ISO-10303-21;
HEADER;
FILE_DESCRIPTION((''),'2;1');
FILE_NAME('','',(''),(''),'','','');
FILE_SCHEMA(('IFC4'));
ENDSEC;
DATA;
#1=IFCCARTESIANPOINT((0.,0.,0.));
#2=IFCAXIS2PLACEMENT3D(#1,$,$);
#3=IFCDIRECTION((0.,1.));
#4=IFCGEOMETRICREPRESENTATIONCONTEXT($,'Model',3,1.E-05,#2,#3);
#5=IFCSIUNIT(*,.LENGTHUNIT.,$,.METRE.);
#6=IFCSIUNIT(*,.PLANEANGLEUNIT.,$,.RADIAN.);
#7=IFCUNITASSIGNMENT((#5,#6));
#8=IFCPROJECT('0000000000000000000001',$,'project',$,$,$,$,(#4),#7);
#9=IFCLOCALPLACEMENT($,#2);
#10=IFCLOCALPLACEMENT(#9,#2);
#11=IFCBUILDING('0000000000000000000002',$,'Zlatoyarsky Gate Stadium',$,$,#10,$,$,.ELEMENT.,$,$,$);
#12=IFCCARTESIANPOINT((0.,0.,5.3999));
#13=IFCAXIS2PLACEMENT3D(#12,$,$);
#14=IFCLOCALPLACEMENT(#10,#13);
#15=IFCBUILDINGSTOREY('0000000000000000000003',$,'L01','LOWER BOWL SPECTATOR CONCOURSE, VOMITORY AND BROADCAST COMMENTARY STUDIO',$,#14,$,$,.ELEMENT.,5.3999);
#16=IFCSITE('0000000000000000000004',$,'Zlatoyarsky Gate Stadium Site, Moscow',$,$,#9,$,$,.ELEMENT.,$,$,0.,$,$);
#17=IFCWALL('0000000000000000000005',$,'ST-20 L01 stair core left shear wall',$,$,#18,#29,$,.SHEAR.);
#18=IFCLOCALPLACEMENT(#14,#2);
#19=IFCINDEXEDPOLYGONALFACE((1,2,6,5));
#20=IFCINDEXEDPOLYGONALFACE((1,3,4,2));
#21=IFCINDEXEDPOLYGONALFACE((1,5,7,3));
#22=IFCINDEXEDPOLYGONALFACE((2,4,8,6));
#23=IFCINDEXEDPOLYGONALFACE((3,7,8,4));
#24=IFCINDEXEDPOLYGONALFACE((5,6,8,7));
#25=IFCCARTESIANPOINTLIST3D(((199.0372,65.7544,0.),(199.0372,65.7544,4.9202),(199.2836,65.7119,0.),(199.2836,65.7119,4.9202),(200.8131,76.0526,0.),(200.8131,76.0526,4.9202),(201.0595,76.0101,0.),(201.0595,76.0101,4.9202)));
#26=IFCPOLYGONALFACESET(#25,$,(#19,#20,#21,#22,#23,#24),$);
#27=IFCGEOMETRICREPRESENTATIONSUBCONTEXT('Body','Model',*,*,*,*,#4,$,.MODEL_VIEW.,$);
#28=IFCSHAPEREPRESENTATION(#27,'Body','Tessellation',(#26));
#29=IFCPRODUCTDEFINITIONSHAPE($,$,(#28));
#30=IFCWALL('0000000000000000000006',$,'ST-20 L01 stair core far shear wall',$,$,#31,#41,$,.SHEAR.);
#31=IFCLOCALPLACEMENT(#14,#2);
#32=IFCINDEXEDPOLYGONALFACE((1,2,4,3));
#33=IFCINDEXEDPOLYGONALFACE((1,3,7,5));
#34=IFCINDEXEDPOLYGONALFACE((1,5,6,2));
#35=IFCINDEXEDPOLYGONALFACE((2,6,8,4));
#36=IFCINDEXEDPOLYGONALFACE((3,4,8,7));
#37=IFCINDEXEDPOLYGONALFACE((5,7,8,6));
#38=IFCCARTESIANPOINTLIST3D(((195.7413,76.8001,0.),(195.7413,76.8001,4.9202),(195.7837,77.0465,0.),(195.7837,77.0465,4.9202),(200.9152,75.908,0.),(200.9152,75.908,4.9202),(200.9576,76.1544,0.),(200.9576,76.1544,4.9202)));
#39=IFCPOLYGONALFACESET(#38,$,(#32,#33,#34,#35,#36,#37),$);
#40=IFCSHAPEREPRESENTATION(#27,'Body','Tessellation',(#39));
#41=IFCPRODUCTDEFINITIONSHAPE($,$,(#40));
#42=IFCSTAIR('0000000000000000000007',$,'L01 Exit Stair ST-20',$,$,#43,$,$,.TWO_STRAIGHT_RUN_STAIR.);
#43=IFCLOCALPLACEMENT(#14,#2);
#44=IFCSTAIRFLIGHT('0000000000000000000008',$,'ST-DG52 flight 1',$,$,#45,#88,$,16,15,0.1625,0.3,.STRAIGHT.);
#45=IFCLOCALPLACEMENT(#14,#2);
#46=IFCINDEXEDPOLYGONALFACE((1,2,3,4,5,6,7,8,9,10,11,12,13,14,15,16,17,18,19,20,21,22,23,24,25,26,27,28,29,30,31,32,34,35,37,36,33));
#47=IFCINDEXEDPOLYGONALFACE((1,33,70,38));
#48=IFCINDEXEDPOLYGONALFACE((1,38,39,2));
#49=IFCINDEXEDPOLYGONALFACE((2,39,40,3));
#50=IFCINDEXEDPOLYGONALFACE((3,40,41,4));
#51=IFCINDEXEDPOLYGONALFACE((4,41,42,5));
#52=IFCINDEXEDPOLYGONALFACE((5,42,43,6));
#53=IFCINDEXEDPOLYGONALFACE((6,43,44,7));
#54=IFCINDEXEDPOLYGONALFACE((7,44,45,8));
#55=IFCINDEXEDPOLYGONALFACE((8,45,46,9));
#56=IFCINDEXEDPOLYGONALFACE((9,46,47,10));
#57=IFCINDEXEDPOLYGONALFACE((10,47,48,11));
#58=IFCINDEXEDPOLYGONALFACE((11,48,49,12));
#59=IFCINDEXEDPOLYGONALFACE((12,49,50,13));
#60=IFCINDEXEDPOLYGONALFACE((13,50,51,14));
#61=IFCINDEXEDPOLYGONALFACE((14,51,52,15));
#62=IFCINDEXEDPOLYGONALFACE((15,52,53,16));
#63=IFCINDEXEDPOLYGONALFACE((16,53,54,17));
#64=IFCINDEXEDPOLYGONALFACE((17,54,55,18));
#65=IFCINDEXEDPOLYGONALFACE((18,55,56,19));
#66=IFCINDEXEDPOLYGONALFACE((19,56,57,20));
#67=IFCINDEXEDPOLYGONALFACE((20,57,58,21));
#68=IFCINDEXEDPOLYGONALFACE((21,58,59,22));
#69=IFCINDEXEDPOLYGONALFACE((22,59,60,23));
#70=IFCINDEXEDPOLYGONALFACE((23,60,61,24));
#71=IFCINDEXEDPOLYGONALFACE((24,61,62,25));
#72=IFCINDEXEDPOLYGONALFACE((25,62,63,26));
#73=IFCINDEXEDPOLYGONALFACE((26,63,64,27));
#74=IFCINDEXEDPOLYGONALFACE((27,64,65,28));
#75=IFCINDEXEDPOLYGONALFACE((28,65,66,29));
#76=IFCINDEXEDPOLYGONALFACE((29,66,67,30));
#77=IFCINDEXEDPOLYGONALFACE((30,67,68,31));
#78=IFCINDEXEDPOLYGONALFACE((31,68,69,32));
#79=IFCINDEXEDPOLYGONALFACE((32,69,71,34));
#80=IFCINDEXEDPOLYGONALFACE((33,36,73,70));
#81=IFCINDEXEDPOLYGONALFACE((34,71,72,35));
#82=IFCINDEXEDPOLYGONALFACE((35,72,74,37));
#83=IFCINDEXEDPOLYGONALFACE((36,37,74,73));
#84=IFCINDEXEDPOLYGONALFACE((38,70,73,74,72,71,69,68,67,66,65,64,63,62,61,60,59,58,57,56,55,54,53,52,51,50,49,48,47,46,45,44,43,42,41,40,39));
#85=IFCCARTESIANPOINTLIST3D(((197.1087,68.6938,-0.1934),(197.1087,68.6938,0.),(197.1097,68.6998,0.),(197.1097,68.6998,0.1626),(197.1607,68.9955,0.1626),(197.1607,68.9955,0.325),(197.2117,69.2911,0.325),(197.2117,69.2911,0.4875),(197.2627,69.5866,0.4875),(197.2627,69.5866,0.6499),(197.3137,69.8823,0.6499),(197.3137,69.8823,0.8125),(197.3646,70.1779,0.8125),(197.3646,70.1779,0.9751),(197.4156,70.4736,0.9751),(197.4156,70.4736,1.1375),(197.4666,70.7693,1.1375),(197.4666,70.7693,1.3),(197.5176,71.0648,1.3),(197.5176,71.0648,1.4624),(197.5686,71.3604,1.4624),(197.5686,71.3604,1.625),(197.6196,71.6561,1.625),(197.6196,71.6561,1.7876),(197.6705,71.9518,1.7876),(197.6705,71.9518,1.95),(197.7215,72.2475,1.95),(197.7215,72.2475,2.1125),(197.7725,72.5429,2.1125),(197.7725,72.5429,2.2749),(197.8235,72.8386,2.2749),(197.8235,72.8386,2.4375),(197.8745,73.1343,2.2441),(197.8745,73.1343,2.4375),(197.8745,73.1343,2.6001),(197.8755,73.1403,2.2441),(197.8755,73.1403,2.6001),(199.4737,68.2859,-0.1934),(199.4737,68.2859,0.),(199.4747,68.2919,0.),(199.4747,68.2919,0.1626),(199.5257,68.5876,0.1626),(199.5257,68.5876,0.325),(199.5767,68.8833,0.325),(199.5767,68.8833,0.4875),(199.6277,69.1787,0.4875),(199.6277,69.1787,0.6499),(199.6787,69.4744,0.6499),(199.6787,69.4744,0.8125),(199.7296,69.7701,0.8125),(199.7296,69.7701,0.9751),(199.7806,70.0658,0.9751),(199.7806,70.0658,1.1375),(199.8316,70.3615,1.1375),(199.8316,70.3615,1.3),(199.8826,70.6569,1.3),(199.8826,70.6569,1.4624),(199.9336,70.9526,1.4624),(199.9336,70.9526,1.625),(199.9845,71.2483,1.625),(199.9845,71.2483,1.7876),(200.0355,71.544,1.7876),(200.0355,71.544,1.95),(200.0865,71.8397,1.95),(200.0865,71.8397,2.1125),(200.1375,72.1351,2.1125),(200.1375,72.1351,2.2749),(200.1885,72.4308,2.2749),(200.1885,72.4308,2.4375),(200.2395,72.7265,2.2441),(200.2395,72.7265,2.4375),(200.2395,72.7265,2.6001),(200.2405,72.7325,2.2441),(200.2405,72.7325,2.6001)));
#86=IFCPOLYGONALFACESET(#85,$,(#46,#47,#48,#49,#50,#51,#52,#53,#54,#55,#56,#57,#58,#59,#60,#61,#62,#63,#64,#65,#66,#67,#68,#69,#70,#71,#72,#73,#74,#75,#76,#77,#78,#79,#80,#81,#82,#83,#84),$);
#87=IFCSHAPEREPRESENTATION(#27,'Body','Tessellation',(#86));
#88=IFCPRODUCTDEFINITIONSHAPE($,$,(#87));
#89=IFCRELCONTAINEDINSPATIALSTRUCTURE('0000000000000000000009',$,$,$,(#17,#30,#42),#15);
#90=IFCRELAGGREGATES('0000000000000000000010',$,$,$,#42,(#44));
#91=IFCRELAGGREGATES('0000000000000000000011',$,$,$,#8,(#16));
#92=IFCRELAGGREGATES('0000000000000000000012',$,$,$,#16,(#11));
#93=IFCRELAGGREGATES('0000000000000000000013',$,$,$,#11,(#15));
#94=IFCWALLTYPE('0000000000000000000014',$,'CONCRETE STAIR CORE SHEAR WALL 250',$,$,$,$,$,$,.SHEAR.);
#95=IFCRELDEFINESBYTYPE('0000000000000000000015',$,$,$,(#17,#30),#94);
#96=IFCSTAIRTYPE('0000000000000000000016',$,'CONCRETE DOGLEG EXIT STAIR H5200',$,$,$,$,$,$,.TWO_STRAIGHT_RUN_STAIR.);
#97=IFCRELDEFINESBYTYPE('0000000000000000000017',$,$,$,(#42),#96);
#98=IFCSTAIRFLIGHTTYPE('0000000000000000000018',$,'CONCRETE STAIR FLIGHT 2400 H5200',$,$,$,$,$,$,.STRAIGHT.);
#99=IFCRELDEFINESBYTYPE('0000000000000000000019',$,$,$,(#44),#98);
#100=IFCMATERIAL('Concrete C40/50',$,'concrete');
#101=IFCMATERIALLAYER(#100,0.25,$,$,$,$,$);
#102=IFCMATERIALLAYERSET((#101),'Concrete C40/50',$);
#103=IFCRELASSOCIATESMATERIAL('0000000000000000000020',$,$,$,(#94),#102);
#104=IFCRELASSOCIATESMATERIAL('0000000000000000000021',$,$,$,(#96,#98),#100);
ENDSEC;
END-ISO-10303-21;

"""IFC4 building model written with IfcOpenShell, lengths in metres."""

from ifc_helpers import new_model, si_unit, direction, frame, frame_2d, origin, place, context, subcontext, project, spatial, polyline, rectangle, outline, extrude, material, layer, layer_set, type_object, element, aggregate, save


model = new_model("IFC4")

# Units and contexts
model_context = context("Model", 3, precision=1e-05, world=origin(), true_north=direction((0.0, 1.0)))
body_context = subcontext(model_context, "Body", "Model", "MODEL_VIEW")
ifc_project = project(units=[si_unit("LENGTHUNIT", "METRE"), si_unit("PLANEANGLEUNIT", "RADIAN")], contexts=[model_context])

# Site, building, storey
site_placement = place(None, origin())
site = spatial("IfcSite", under=ifc_project, at=site_placement, Name="Zlatoyarsky Gate Stadium Site, Moscow", CompositionType="ELEMENT", RefElevation=0.0)
building_placement = place(site_placement, origin())
building = spatial("IfcBuilding", under=site, at=building_placement, Name="Zlatoyarsky Gate Stadium", CompositionType="ELEMENT")
storey_placement = place(building_placement, frame((0.0, 0.0, 5.3999)))
storey = spatial("IfcBuildingStorey", under=building, at=storey_placement, Name="L01", Description="LOWER BOWL SPECTATOR CONCOURSE, VOMITORY AND BROADCAST COMMENTARY STUDIO", CompositionType="ELEMENT", Elevation=5.3999)

# Walls
ifc_material_1 = material(Name="Concrete C40/50", Category="concrete")
ifc_layer_1 = layer(ifc_material_1, 0.25)
ifc_layer_set_1 = layer_set([ifc_layer_1], Name="Concrete C40/50")
wall_type = type_object("IfcWallType", Name="CONCRETE STAIR CORE SHEAR WALL 250", PredefinedType="SHEAR", material=ifc_layer_set_1)
wall_1_placement = place(storey_placement, frame((199.1604, 65.7332, 0.0), z_axis=(0.0, 0.0, 1.0), x_axis=(0.169939, 0.985455, 0.0)))
element("IfcWall", 1, at=wall_1_placement, inside=storey, type_object=wall_type, Name="ST-20 L01 stair core left shear wall", PredefinedType="SHEAR", context=body_context, shape_type="SweptSolid", body=[
    extrude(rectangle(XDim=10.4502, YDim=0.25, at=frame_2d((5.2251, 0.0))), origin(), (0.0, 0.0, 1.0), 4.9202),
])
wall_2_placement = place(storey_placement, frame((200.9363, 76.0312, 0.0), z_axis=(0.0, 0.0, 1.0), x_axis=(-0.985459, 0.169916, 0.0)))
element("IfcWall", 2, at=wall_2_placement, inside=storey, type_object=wall_type, Name="ST-20 L01 stair core far shear wall", PredefinedType="SHEAR", context=body_context, shape_type="SweptSolid", body=[
    extrude(rectangle(XDim=5.2502, YDim=0.25, at=frame_2d((2.625, 0.0))), origin(), (0.0, 0.0, 1.0), 4.9202),
])

# Stair, stair flight
stair_type = type_object("IfcStairType", Name="CONCRETE DOGLEG EXIT STAIR H5200", PredefinedType="TWO_STRAIGHT_RUN_STAIR", material=ifc_material_1)
stair_placement = place(storey_placement, origin())
stair = element("IfcStair", 3, at=stair_placement, inside=storey, type_object=stair_type, Name="L01 Exit Stair ST-20", PredefinedType="TWO_STRAIGHT_RUN_STAIR")
stair_flight_type = type_object("IfcStairFlightType", Name="CONCRETE STAIR FLIGHT 2400 H5200", PredefinedType="STRAIGHT", material=ifc_material_1)
stair_flight_placement = place(storey_placement, frame((198.2922, 68.4958, 0.0), z_axis=(0.0, 0.0, 1.0), x_axis=(0.169938, 0.985455, 0.0)))
stair_flight = element("IfcStairFlight", 4, at=stair_flight_placement, type_object=stair_flight_type, Name="ST-DG52 flight 1", NumberOfRisers=16, NumberOfTreads=15, PredefinedType="STRAIGHT", RiserHeight=0.1625, TreadLength=0.3, context=body_context, shape_type="SweptSolid", body=[
    extrude(outline(polyline([(-0.0061, -0.1934), (-0.0061, 0.0), (0.0, 0.0), (0.0, 0.1626), (0.3, 0.1626), (0.3, 0.325), (0.6001, 0.325), (0.6001, 0.4875), (0.8999, 0.4875), (0.8999, 0.6499), (1.2, 0.6499), (1.2, 0.8125), (1.5, 0.8125), (1.5, 0.9751), (1.8, 0.9751), (1.8, 1.1375), (2.1001, 1.1375), (2.1001, 1.3), (2.3999, 1.3), (2.3999, 1.4624), (2.7, 1.4624), (2.7, 1.625), (3.0, 1.625), (3.0, 1.7876), (3.3, 1.7876), (3.3, 1.95), (3.6001, 1.95), (3.6001, 2.1125), (3.8999, 2.1125), (3.8999, 2.2749), (4.2, 2.2749), (4.2, 2.4375), (4.5, 2.4375), (4.5, 2.6001), (4.5061, 2.6001), (4.5061, 2.2441), (4.5, 2.2441), (-0.0061, -0.1934)])), frame((0.0, 1.2, 0.0), z_axis=(0.0, -1.0, 0.0), x_axis=(1.0, 0.0, 0.0)), (0.0, 0.0, 1.0), 2.3999),
])
aggregate(stair, [stair_flight])

save(model, "model.ifc")
